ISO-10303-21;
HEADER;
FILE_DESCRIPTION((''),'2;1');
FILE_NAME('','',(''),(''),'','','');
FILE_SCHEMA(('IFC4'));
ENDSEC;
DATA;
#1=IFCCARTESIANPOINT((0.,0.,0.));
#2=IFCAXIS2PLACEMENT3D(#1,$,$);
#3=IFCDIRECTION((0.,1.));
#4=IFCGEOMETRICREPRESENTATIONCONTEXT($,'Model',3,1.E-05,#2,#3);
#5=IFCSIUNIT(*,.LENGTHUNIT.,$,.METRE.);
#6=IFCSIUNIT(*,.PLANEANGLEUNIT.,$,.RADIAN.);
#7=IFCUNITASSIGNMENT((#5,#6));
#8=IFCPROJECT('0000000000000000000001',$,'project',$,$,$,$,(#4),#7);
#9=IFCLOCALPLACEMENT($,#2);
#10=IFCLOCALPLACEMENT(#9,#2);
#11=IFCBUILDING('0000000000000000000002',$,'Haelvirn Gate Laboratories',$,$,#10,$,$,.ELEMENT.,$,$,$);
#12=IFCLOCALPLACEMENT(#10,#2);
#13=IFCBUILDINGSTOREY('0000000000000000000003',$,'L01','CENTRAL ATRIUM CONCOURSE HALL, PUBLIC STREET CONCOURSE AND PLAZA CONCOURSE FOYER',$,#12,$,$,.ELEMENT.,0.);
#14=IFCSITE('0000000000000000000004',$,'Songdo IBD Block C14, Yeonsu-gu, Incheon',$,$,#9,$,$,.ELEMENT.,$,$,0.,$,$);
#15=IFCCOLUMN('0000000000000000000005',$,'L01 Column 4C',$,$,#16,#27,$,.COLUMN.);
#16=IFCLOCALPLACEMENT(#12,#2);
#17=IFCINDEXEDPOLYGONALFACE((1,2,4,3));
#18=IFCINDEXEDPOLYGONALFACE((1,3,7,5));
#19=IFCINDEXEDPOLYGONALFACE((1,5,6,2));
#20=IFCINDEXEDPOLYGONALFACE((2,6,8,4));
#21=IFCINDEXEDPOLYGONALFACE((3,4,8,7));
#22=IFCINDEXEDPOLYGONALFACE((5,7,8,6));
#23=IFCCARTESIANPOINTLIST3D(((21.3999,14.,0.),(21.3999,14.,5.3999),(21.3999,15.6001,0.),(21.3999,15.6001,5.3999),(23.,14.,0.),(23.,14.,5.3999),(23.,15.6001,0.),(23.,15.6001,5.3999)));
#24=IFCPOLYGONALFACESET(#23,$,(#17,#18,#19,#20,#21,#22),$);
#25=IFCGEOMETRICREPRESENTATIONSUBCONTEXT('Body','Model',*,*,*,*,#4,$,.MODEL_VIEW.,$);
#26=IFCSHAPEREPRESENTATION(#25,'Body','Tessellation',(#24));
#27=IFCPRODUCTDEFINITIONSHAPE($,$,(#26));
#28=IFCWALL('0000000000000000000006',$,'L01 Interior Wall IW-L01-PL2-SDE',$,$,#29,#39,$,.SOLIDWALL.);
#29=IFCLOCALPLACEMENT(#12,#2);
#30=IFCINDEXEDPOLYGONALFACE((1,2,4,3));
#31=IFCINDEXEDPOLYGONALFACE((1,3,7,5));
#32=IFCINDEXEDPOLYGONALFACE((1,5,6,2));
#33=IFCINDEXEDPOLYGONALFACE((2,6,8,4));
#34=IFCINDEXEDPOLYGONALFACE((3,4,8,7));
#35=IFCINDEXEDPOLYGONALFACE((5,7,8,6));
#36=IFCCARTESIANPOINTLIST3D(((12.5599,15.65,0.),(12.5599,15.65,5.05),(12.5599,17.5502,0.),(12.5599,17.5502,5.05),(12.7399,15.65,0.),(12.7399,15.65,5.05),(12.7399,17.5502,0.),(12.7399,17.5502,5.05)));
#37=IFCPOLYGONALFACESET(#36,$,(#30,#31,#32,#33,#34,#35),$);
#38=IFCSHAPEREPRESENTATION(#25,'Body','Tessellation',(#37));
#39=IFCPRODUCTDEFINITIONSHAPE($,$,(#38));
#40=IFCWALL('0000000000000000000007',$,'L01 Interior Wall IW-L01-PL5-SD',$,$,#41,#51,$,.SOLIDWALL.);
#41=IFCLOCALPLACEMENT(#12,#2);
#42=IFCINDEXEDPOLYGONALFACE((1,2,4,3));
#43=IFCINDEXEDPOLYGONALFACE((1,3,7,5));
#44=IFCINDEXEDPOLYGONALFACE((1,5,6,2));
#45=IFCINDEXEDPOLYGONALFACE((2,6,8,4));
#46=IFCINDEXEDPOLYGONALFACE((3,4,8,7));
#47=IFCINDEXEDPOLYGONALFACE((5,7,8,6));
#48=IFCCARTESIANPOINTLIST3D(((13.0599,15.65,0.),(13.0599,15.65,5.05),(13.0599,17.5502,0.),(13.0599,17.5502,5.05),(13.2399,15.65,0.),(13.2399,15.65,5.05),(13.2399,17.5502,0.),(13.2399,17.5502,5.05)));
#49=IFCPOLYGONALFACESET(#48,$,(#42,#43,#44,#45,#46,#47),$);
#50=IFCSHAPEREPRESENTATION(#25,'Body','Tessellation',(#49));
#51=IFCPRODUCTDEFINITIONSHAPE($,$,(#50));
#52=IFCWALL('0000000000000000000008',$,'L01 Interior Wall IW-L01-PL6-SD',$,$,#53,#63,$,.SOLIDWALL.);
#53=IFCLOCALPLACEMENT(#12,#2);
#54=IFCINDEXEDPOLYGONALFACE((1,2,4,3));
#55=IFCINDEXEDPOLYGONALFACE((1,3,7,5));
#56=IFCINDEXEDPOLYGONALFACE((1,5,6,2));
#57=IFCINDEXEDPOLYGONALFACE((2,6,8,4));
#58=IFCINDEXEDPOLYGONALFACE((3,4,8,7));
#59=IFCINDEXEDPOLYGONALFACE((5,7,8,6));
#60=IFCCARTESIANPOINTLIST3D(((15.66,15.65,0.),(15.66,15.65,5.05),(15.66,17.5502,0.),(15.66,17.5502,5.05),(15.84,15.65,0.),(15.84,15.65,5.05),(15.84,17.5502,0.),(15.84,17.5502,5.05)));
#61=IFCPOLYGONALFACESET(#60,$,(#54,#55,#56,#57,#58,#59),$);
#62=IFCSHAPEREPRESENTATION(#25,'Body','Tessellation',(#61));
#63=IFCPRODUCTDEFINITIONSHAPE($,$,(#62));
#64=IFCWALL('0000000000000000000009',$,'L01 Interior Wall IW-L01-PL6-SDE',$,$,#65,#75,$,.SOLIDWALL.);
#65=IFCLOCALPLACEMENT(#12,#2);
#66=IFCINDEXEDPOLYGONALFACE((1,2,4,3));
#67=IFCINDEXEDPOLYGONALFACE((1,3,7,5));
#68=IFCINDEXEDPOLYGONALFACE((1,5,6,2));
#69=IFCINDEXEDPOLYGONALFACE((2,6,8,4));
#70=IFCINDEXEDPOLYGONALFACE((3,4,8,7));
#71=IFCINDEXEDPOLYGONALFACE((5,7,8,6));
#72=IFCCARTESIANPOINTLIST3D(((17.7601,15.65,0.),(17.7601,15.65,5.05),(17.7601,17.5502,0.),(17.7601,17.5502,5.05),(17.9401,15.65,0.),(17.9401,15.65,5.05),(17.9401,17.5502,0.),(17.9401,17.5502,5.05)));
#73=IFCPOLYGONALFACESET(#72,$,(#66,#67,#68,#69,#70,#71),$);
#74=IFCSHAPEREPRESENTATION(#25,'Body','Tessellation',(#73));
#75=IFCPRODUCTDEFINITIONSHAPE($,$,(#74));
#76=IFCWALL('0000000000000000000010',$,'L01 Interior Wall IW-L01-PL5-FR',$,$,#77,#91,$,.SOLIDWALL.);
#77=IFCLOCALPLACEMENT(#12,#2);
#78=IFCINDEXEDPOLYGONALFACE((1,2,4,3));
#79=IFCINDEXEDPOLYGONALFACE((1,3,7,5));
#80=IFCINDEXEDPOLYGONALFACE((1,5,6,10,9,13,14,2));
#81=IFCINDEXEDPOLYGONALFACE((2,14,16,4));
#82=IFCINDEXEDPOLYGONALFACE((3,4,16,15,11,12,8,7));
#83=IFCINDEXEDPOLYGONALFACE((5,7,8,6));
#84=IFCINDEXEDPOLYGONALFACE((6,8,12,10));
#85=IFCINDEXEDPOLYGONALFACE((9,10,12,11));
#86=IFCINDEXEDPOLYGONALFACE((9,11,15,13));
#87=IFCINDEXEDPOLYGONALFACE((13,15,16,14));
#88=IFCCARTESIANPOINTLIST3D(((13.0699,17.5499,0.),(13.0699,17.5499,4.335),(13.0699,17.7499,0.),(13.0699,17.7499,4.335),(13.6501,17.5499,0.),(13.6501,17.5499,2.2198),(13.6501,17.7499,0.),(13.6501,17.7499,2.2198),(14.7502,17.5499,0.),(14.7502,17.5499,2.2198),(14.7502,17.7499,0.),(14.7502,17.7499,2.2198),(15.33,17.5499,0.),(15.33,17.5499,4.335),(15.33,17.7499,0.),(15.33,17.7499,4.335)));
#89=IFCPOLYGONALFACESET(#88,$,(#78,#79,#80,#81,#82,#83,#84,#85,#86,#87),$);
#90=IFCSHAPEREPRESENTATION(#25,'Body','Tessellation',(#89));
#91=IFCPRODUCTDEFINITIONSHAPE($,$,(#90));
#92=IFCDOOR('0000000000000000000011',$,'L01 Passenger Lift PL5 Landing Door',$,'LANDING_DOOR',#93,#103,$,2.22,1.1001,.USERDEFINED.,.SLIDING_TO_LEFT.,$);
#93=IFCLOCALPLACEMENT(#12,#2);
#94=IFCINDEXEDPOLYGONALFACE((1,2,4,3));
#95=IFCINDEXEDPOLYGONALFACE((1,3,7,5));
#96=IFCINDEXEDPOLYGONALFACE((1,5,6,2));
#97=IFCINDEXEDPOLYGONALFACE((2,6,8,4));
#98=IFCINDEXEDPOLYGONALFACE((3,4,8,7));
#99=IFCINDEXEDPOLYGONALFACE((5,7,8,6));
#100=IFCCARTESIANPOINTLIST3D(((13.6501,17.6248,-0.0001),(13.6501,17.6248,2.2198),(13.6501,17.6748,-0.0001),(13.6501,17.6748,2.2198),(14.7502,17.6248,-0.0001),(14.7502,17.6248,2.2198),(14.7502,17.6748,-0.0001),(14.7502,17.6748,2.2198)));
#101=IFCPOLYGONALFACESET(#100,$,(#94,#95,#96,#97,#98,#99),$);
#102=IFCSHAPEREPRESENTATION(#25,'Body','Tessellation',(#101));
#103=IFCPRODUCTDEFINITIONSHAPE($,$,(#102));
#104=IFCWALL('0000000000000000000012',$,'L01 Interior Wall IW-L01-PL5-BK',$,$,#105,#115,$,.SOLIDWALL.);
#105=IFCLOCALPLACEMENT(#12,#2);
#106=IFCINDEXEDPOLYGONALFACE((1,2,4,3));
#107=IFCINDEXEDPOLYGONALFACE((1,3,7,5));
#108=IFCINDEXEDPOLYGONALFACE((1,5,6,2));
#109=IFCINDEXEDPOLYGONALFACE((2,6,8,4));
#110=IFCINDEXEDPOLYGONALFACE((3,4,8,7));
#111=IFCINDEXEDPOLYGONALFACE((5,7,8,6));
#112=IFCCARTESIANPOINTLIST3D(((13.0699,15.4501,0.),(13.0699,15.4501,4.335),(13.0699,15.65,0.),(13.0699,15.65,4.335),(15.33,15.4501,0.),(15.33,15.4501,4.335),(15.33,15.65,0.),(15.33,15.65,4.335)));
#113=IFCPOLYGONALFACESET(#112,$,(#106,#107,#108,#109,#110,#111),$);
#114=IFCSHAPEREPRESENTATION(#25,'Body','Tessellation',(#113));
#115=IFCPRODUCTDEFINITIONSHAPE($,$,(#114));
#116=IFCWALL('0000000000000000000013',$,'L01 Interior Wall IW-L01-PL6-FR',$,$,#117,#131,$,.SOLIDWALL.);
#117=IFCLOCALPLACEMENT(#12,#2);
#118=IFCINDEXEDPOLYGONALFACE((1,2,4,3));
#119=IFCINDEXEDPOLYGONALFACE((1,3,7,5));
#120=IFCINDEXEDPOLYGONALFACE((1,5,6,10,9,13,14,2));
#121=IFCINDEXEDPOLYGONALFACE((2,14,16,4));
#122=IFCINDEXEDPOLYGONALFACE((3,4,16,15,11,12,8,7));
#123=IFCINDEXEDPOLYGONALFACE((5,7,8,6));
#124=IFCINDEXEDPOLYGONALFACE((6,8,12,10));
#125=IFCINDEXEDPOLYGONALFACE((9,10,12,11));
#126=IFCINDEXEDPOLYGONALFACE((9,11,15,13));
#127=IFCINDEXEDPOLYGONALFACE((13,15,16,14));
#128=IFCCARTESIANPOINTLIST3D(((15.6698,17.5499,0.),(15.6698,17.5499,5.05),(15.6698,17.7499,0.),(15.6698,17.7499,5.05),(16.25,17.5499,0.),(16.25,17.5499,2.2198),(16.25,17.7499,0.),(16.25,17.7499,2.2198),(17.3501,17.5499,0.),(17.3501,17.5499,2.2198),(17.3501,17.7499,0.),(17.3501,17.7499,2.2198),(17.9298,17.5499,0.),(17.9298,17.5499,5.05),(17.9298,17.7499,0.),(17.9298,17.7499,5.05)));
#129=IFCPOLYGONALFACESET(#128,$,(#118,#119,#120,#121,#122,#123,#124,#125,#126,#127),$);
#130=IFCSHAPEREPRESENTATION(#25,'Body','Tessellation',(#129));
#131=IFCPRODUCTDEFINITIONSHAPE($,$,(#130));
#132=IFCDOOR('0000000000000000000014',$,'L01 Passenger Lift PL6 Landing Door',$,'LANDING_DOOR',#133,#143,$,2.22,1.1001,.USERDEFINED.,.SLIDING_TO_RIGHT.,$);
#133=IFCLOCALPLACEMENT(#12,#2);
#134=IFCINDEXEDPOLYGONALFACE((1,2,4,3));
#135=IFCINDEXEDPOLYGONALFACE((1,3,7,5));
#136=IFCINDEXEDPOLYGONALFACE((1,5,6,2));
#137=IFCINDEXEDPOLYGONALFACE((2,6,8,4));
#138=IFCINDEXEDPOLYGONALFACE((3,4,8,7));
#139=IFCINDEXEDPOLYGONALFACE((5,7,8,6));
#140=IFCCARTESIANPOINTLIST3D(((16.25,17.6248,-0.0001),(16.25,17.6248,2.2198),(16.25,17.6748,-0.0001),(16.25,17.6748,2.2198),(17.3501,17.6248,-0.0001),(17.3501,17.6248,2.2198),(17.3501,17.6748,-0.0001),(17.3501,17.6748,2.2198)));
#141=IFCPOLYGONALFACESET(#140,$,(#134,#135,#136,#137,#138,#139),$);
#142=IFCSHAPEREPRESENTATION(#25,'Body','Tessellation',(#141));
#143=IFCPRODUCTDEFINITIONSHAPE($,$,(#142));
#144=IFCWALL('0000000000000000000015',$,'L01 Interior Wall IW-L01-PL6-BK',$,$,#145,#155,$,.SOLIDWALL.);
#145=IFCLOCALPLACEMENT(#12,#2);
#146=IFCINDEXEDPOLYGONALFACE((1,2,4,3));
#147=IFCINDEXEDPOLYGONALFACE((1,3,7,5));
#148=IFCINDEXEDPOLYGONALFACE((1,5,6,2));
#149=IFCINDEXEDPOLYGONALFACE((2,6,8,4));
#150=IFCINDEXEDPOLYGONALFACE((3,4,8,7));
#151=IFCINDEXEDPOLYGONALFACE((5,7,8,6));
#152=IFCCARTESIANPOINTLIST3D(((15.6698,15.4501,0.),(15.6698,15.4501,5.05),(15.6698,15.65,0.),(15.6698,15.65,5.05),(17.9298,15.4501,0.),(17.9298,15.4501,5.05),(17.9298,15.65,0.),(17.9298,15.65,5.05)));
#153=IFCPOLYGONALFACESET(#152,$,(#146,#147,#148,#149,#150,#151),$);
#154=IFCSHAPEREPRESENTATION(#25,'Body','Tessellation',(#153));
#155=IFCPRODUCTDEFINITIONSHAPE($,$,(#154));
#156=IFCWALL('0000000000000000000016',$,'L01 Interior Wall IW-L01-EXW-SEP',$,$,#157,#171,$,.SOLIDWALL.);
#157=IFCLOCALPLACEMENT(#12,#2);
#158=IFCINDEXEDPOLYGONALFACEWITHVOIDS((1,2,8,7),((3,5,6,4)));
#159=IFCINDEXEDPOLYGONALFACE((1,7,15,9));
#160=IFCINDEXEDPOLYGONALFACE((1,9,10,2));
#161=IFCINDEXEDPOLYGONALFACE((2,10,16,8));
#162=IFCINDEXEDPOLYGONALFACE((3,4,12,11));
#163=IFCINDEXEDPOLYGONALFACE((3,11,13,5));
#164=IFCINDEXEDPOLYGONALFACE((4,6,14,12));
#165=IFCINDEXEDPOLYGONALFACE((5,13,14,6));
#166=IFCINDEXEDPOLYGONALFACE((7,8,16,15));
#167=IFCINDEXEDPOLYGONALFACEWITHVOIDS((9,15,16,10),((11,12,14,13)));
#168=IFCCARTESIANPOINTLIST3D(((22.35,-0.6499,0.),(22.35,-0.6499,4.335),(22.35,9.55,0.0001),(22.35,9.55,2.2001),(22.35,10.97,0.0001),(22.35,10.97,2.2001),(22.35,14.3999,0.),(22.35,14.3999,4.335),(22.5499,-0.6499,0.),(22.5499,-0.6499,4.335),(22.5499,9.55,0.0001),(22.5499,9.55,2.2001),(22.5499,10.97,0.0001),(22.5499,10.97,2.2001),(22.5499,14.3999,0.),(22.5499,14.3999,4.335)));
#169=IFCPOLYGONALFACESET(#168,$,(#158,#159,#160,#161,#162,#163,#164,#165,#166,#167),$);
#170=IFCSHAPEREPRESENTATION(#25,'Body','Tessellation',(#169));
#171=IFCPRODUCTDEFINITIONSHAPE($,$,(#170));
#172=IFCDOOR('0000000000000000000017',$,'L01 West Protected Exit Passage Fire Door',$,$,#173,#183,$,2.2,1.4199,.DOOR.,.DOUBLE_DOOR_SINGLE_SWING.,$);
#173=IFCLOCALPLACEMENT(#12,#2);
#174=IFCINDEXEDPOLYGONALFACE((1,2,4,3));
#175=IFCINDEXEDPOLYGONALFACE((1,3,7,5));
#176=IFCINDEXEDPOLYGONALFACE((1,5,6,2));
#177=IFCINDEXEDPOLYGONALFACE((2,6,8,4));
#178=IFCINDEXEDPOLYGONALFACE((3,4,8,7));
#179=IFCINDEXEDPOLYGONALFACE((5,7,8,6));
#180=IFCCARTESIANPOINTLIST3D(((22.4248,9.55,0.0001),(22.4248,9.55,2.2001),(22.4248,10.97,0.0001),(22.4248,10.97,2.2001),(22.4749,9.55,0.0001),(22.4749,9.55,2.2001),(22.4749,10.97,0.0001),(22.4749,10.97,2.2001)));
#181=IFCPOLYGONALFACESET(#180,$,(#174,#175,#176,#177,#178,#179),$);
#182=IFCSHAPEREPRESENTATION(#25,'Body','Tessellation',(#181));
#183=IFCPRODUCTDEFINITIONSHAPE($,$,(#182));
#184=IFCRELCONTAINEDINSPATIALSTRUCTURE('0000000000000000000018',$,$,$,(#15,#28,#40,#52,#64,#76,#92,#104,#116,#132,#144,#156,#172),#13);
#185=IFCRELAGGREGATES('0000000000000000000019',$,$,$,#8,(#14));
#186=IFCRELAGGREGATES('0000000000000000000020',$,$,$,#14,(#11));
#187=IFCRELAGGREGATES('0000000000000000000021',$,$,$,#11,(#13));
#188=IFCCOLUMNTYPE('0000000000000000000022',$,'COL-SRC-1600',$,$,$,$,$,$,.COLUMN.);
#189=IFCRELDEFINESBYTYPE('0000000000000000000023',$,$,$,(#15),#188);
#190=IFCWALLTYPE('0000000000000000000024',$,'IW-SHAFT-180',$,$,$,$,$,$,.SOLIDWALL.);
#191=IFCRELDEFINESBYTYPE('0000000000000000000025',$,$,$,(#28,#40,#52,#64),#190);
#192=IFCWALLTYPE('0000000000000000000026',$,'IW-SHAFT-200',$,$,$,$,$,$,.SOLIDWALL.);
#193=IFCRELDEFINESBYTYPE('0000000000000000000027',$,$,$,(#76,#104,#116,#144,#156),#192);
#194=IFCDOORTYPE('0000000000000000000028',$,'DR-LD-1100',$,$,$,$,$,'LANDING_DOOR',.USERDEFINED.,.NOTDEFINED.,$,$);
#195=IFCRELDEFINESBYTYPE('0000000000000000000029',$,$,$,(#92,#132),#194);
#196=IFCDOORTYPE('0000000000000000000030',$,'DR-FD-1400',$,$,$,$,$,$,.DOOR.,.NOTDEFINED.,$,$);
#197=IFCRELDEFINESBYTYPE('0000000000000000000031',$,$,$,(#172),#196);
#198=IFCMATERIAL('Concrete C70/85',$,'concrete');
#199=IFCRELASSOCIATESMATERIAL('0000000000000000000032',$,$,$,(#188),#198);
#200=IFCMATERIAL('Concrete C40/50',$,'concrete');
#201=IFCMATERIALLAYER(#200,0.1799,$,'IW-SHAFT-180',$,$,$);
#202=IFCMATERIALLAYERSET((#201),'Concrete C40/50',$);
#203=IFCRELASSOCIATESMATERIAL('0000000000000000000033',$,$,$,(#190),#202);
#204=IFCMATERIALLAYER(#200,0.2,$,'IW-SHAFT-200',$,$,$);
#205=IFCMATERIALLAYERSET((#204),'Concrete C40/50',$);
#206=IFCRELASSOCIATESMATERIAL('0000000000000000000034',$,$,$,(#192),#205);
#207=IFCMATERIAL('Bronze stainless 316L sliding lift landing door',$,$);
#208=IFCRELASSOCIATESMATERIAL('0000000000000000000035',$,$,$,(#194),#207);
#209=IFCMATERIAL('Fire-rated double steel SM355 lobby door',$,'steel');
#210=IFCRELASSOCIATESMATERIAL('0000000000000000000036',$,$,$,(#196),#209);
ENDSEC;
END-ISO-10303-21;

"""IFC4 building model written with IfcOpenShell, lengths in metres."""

from ifc_helpers import new_model, si_unit, direction, frame, frame_2d, origin, origin_2d, place, context, subcontext, project, spatial, rectangle, extrude, source, transform, mapped, material, layer, layer_set, material_profile, profile_set, type_object, type_shapes, element, fill, save


model = new_model("IFC4")

# Units and contexts
model_context = context("Model", 3, precision=1e-05, world=origin(), true_north=direction((0.0, 1.0)))
body_context = subcontext(model_context, "Body", "Model", "MODEL_VIEW")
ifc_project = project(units=[si_unit("LENGTHUNIT", "METRE"), si_unit("PLANEANGLEUNIT", "RADIAN")], contexts=[model_context])

# Site, building, storey
site_placement = place(None, origin())
site = spatial("IfcSite", under=ifc_project, at=site_placement, Name="Songdo IBD Block C14, Yeonsu-gu, Incheon", CompositionType="ELEMENT", RefElevation=0.0)
building_placement = place(site_placement, origin())
building = spatial("IfcBuilding", under=site, at=building_placement, Name="Haelvirn Gate Laboratories", CompositionType="ELEMENT")
storey_placement = place(building_placement, origin())
storey = spatial("IfcBuildingStorey", under=building, at=storey_placement, Name="L01", Description="CENTRAL ATRIUM CONCOURSE HALL, PUBLIC STREET CONCOURSE AND PLAZA CONCOURSE FOYER", CompositionType="ELEMENT", Elevation=0.0)

# Column
ifc_material_1 = material(Name="Concrete C70/85", Category="concrete")
ifc_material_profile = material_profile(ifc_material_1, rectangle(XDim=1.6001, YDim=1.6001, at=origin_2d()), Name="SRC-1600x1600")
ifc_profile_set = profile_set([ifc_material_profile], Name="Concrete C70/85")
column_type = type_object("IfcColumnType", Name="COL-SRC-1600", PredefinedType="COLUMN", material=ifc_profile_set)
shared_shape_1 = source(origin(), body_context, "Body", "SweptSolid", [
    extrude(rectangle(XDim=1.6001, YDim=1.6001, at=origin_2d()), origin(), (0.0, 0.0, 1.0), 5.3999),
])
type_shapes(column_type, [shared_shape_1])
column_placement = place(storey_placement, frame((22.2, 14.8, 0.0), z_axis=(0.0, 0.0, 1.0), x_axis=(1.0, 0.0, 0.0)))
element("IfcColumn", 1, at=column_placement, inside=storey, type_object=column_type, Name="L01 Column 4C", PredefinedType="COLUMN", context=body_context, shape_type="MappedRepresentation", body=[
    mapped(shared_shape_1, transform((0.0, 0.0, 0.0), scale=1.0)),
])

# Walls
ifc_material_2 = material(Name="Concrete C40/50", Category="concrete")
ifc_layer_1 = layer(ifc_material_2, 0.1799, Name="IW-SHAFT-180")
ifc_layer_set_1 = layer_set([ifc_layer_1], Name="Concrete C40/50")
wall_type_1 = type_object("IfcWallType", Name="IW-SHAFT-180", PredefinedType="SOLIDWALL", material=ifc_layer_set_1)
for number, where, z_axis, x_axis, name in (
    (2, (12.6499, 15.6499, 0.0), (0.0, 0.0, 1.0), (0.0, 1.0, 0.0), "L01 Interior Wall IW-L01-PL2-SDE"),
    (3, (13.1499, 15.6499, 0.0), (0.0, 0.0, 1.0), (0.0, 1.0, 0.0), "L01 Interior Wall IW-L01-PL5-SD"),
    (4, (15.75, 15.6499, 0.0), (0.0, 0.0, 1.0), (0.0, 1.0, 0.0), "L01 Interior Wall IW-L01-PL6-SD"),
    (5, (17.8501, 15.6499, 0.0), (0.0, 0.0, 1.0), (0.0, 1.0, 0.0), "L01 Interior Wall IW-L01-PL6-SDE"),
):
    element("IfcWall", number, at=place(storey_placement, frame(where, z_axis=z_axis, x_axis=x_axis)), inside=storey, type_object=wall_type_1, Name=name, PredefinedType="SOLIDWALL", context=body_context, shape_type="SweptSolid", body=[
        extrude(rectangle(XDim=1.9001, YDim=0.1799, at=frame_2d((0.9502, 0.0))), origin(), (0.0, 0.0, 1.0), 5.05),
    ])

# Wall, opening, door
ifc_layer_2 = layer(ifc_material_2, 0.2, Name="IW-SHAFT-200")
ifc_layer_set_2 = layer_set([ifc_layer_2], Name="Concrete C40/50")
wall_type_2 = type_object("IfcWallType", Name="IW-SHAFT-200", PredefinedType="SOLIDWALL", material=ifc_layer_set_2)
wall_1_placement = place(storey_placement, frame((13.0701, 17.6499, 0.0), z_axis=(0.0, 0.0, 1.0), x_axis=(1.0, 0.0, 0.0)))
wall_1 = element("IfcWall", 6, at=wall_1_placement, inside=storey, type_object=wall_type_2, Name="L01 Interior Wall IW-L01-PL5-FR", PredefinedType="SOLIDWALL", context=body_context, shape_type="SweptSolid", body=[
    extrude(rectangle(XDim=2.26, YDim=0.2, at=frame_2d((1.1299, 0.0))), origin(), (0.0, 0.0, 1.0), 4.335),
])
opening_1_placement = place(wall_1_placement, frame((0.5801, 0.0, 0.0)))
opening_1 = element("IfcOpeningElement", 7, at=opening_1_placement, cuts=wall_1, PredefinedType="OPENING", context=body_context, shape_type="SweptSolid", body=[
    extrude(rectangle(XDim=1.1001, YDim=2.22, at=frame_2d((0.55, 1.1099))), frame((0.0, 0.1099, 0.0), z_axis=(0.0, -1.0, 0.0), x_axis=(1.0, 0.0, 0.0)), (0.0, 0.0, 1.0), 0.22),
])
ifc_material_3 = material(Name="Bronze stainless 316L sliding lift landing door")
door_type_1 = type_object("IfcDoorType", Name="DR-LD-1100", ElementType="LANDING_DOOR", OperationType="NOTDEFINED", PredefinedType="USERDEFINED", material=ifc_material_3)
shared_shape_2 = source(origin(), body_context, "Body", "SweptSolid", [
    extrude(rectangle(XDim=1.1001, YDim=2.22, at=frame_2d((0.55, 1.1099))), frame((0.0, 0.0249, 0.0), z_axis=(0.0, -1.0, 0.0), x_axis=(1.0, 0.0, 0.0)), (0.0, 0.0, 1.0), 0.05),
])
type_shapes(door_type_1, [shared_shape_2])
door_1_placement = place(opening_1_placement, origin())
door_1 = element("IfcDoor", 8, at=door_1_placement, inside=storey, type_object=door_type_1, Name="L01 Passenger Lift PL5 Landing Door", ObjectType="LANDING_DOOR", OperationType="SLIDING_TO_LEFT", OverallHeight=2.22, OverallWidth=1.1001, PredefinedType="USERDEFINED", context=body_context, shape_type="MappedRepresentation", body=[
    mapped(shared_shape_2, transform((0.0, 0.0, 0.0), scale=1.0)),
])
fill(opening_1, door_1)

# Wall
wall_2_placement = place(storey_placement, frame((13.0701, 15.55, 0.0), z_axis=(0.0, 0.0, 1.0), x_axis=(1.0, 0.0, 0.0)))
element("IfcWall", 9, at=wall_2_placement, inside=storey, type_object=wall_type_2, Name="L01 Interior Wall IW-L01-PL5-BK", PredefinedType="SOLIDWALL", context=body_context, shape_type="SweptSolid", body=[
    extrude(rectangle(XDim=2.26, YDim=0.2, at=frame_2d((1.1299, 0.0))), origin(), (0.0, 0.0, 1.0), 4.335),
])

# Wall, opening, door
wall_3_placement = place(storey_placement, frame((15.6699, 17.6499, 0.0), z_axis=(0.0, 0.0, 1.0), x_axis=(1.0, 0.0, 0.0)))
wall_3 = element("IfcWall", 10, at=wall_3_placement, inside=storey, type_object=wall_type_2, Name="L01 Interior Wall IW-L01-PL6-FR", PredefinedType="SOLIDWALL", context=body_context, shape_type="SweptSolid", body=[
    extrude(rectangle(XDim=2.26, YDim=0.2, at=frame_2d((1.1299, 0.0))), origin(), (0.0, 0.0, 1.0), 5.05),
])
opening_2_placement = place(wall_3_placement, frame((0.5801, 0.0, 0.0)))
opening_2 = element("IfcOpeningElement", 11, at=opening_2_placement, cuts=wall_3, PredefinedType="OPENING", context=body_context, shape_type="SweptSolid", body=[
    extrude(rectangle(XDim=1.1001, YDim=2.22, at=frame_2d((0.55, 1.1099))), frame((0.0, 0.1099, 0.0), z_axis=(0.0, -1.0, 0.0), x_axis=(1.0, 0.0, 0.0)), (0.0, 0.0, 1.0), 0.22),
])
door_2_placement = place(opening_2_placement, origin())
door_2 = element("IfcDoor", 12, at=door_2_placement, inside=storey, type_object=door_type_1, Name="L01 Passenger Lift PL6 Landing Door", ObjectType="LANDING_DOOR", OperationType="SLIDING_TO_RIGHT", OverallHeight=2.22, OverallWidth=1.1001, PredefinedType="USERDEFINED", context=body_context, shape_type="MappedRepresentation", body=[
    mapped(shared_shape_2, transform((0.0, 0.0, 0.0), scale=1.0)),
])
fill(opening_2, door_2)

# Wall
wall_4_placement = place(storey_placement, frame((15.6699, 15.55, 0.0), z_axis=(0.0, 0.0, 1.0), x_axis=(1.0, 0.0, 0.0)))
element("IfcWall", 13, at=wall_4_placement, inside=storey, type_object=wall_type_2, Name="L01 Interior Wall IW-L01-PL6-BK", PredefinedType="SOLIDWALL", context=body_context, shape_type="SweptSolid", body=[
    extrude(rectangle(XDim=2.26, YDim=0.2, at=frame_2d((1.1299, 0.0))), origin(), (0.0, 0.0, 1.0), 5.05),
])

# Wall, opening, door
wall_5_placement = place(storey_placement, frame((22.45, 14.3999, 0.0), z_axis=(0.0, 0.0, 1.0), x_axis=(0.0, -1.0, 0.0)))
wall_5 = element("IfcWall", 14, at=wall_5_placement, inside=storey, type_object=wall_type_2, Name="L01 Interior Wall IW-L01-EXW-SEP", PredefinedType="SOLIDWALL", context=body_context, shape_type="SweptSolid", body=[
    extrude(rectangle(XDim=15.0498, YDim=0.2, at=frame_2d((7.5249, 0.0))), origin(), (0.0, 0.0, 1.0), 4.335),
])
opening_3_placement = place(wall_5_placement, frame((3.4299, 0.0, 0.0)))
opening_3 = element("IfcOpeningElement", 15, at=opening_3_placement, cuts=wall_5, PredefinedType="OPENING", context=body_context, shape_type="SweptSolid", body=[
    extrude(rectangle(XDim=1.4199, YDim=2.2, at=frame_2d((0.71, 1.1001))), frame((0.0, 0.1099, 0.0), z_axis=(0.0, -1.0, 0.0), x_axis=(1.0, 0.0, 0.0)), (0.0, 0.0, 1.0), 0.22),
])
ifc_material_4 = material(Name="Fire-rated double steel SM355 lobby door", Category="steel")
door_type_2 = type_object("IfcDoorType", Name="DR-FD-1400", OperationType="NOTDEFINED", PredefinedType="DOOR", material=ifc_material_4)
shared_shape_3 = source(origin(), body_context, "Body", "SweptSolid", [
    extrude(rectangle(XDim=1.4199, YDim=2.2, at=frame_2d((0.71, 1.1001))), frame((0.0, 0.0249, 0.0), z_axis=(0.0, -1.0, 0.0), x_axis=(1.0, 0.0, 0.0)), (0.0, 0.0, 1.0), 0.05),
])
type_shapes(door_type_2, [shared_shape_3])
door_3_placement = place(opening_3_placement, origin())
door_3 = element("IfcDoor", 16, at=door_3_placement, inside=storey, type_object=door_type_2, Name="L01 West Protected Exit Passage Fire Door", OperationType="DOUBLE_DOOR_SINGLE_SWING", OverallHeight=2.2, OverallWidth=1.4199, PredefinedType="DOOR", context=body_context, shape_type="MappedRepresentation", body=[
    mapped(shared_shape_3, transform((0.0, 0.0, 0.0), scale=1.0)),
])
fill(opening_3, door_3)

save(model, "model.ifc")
